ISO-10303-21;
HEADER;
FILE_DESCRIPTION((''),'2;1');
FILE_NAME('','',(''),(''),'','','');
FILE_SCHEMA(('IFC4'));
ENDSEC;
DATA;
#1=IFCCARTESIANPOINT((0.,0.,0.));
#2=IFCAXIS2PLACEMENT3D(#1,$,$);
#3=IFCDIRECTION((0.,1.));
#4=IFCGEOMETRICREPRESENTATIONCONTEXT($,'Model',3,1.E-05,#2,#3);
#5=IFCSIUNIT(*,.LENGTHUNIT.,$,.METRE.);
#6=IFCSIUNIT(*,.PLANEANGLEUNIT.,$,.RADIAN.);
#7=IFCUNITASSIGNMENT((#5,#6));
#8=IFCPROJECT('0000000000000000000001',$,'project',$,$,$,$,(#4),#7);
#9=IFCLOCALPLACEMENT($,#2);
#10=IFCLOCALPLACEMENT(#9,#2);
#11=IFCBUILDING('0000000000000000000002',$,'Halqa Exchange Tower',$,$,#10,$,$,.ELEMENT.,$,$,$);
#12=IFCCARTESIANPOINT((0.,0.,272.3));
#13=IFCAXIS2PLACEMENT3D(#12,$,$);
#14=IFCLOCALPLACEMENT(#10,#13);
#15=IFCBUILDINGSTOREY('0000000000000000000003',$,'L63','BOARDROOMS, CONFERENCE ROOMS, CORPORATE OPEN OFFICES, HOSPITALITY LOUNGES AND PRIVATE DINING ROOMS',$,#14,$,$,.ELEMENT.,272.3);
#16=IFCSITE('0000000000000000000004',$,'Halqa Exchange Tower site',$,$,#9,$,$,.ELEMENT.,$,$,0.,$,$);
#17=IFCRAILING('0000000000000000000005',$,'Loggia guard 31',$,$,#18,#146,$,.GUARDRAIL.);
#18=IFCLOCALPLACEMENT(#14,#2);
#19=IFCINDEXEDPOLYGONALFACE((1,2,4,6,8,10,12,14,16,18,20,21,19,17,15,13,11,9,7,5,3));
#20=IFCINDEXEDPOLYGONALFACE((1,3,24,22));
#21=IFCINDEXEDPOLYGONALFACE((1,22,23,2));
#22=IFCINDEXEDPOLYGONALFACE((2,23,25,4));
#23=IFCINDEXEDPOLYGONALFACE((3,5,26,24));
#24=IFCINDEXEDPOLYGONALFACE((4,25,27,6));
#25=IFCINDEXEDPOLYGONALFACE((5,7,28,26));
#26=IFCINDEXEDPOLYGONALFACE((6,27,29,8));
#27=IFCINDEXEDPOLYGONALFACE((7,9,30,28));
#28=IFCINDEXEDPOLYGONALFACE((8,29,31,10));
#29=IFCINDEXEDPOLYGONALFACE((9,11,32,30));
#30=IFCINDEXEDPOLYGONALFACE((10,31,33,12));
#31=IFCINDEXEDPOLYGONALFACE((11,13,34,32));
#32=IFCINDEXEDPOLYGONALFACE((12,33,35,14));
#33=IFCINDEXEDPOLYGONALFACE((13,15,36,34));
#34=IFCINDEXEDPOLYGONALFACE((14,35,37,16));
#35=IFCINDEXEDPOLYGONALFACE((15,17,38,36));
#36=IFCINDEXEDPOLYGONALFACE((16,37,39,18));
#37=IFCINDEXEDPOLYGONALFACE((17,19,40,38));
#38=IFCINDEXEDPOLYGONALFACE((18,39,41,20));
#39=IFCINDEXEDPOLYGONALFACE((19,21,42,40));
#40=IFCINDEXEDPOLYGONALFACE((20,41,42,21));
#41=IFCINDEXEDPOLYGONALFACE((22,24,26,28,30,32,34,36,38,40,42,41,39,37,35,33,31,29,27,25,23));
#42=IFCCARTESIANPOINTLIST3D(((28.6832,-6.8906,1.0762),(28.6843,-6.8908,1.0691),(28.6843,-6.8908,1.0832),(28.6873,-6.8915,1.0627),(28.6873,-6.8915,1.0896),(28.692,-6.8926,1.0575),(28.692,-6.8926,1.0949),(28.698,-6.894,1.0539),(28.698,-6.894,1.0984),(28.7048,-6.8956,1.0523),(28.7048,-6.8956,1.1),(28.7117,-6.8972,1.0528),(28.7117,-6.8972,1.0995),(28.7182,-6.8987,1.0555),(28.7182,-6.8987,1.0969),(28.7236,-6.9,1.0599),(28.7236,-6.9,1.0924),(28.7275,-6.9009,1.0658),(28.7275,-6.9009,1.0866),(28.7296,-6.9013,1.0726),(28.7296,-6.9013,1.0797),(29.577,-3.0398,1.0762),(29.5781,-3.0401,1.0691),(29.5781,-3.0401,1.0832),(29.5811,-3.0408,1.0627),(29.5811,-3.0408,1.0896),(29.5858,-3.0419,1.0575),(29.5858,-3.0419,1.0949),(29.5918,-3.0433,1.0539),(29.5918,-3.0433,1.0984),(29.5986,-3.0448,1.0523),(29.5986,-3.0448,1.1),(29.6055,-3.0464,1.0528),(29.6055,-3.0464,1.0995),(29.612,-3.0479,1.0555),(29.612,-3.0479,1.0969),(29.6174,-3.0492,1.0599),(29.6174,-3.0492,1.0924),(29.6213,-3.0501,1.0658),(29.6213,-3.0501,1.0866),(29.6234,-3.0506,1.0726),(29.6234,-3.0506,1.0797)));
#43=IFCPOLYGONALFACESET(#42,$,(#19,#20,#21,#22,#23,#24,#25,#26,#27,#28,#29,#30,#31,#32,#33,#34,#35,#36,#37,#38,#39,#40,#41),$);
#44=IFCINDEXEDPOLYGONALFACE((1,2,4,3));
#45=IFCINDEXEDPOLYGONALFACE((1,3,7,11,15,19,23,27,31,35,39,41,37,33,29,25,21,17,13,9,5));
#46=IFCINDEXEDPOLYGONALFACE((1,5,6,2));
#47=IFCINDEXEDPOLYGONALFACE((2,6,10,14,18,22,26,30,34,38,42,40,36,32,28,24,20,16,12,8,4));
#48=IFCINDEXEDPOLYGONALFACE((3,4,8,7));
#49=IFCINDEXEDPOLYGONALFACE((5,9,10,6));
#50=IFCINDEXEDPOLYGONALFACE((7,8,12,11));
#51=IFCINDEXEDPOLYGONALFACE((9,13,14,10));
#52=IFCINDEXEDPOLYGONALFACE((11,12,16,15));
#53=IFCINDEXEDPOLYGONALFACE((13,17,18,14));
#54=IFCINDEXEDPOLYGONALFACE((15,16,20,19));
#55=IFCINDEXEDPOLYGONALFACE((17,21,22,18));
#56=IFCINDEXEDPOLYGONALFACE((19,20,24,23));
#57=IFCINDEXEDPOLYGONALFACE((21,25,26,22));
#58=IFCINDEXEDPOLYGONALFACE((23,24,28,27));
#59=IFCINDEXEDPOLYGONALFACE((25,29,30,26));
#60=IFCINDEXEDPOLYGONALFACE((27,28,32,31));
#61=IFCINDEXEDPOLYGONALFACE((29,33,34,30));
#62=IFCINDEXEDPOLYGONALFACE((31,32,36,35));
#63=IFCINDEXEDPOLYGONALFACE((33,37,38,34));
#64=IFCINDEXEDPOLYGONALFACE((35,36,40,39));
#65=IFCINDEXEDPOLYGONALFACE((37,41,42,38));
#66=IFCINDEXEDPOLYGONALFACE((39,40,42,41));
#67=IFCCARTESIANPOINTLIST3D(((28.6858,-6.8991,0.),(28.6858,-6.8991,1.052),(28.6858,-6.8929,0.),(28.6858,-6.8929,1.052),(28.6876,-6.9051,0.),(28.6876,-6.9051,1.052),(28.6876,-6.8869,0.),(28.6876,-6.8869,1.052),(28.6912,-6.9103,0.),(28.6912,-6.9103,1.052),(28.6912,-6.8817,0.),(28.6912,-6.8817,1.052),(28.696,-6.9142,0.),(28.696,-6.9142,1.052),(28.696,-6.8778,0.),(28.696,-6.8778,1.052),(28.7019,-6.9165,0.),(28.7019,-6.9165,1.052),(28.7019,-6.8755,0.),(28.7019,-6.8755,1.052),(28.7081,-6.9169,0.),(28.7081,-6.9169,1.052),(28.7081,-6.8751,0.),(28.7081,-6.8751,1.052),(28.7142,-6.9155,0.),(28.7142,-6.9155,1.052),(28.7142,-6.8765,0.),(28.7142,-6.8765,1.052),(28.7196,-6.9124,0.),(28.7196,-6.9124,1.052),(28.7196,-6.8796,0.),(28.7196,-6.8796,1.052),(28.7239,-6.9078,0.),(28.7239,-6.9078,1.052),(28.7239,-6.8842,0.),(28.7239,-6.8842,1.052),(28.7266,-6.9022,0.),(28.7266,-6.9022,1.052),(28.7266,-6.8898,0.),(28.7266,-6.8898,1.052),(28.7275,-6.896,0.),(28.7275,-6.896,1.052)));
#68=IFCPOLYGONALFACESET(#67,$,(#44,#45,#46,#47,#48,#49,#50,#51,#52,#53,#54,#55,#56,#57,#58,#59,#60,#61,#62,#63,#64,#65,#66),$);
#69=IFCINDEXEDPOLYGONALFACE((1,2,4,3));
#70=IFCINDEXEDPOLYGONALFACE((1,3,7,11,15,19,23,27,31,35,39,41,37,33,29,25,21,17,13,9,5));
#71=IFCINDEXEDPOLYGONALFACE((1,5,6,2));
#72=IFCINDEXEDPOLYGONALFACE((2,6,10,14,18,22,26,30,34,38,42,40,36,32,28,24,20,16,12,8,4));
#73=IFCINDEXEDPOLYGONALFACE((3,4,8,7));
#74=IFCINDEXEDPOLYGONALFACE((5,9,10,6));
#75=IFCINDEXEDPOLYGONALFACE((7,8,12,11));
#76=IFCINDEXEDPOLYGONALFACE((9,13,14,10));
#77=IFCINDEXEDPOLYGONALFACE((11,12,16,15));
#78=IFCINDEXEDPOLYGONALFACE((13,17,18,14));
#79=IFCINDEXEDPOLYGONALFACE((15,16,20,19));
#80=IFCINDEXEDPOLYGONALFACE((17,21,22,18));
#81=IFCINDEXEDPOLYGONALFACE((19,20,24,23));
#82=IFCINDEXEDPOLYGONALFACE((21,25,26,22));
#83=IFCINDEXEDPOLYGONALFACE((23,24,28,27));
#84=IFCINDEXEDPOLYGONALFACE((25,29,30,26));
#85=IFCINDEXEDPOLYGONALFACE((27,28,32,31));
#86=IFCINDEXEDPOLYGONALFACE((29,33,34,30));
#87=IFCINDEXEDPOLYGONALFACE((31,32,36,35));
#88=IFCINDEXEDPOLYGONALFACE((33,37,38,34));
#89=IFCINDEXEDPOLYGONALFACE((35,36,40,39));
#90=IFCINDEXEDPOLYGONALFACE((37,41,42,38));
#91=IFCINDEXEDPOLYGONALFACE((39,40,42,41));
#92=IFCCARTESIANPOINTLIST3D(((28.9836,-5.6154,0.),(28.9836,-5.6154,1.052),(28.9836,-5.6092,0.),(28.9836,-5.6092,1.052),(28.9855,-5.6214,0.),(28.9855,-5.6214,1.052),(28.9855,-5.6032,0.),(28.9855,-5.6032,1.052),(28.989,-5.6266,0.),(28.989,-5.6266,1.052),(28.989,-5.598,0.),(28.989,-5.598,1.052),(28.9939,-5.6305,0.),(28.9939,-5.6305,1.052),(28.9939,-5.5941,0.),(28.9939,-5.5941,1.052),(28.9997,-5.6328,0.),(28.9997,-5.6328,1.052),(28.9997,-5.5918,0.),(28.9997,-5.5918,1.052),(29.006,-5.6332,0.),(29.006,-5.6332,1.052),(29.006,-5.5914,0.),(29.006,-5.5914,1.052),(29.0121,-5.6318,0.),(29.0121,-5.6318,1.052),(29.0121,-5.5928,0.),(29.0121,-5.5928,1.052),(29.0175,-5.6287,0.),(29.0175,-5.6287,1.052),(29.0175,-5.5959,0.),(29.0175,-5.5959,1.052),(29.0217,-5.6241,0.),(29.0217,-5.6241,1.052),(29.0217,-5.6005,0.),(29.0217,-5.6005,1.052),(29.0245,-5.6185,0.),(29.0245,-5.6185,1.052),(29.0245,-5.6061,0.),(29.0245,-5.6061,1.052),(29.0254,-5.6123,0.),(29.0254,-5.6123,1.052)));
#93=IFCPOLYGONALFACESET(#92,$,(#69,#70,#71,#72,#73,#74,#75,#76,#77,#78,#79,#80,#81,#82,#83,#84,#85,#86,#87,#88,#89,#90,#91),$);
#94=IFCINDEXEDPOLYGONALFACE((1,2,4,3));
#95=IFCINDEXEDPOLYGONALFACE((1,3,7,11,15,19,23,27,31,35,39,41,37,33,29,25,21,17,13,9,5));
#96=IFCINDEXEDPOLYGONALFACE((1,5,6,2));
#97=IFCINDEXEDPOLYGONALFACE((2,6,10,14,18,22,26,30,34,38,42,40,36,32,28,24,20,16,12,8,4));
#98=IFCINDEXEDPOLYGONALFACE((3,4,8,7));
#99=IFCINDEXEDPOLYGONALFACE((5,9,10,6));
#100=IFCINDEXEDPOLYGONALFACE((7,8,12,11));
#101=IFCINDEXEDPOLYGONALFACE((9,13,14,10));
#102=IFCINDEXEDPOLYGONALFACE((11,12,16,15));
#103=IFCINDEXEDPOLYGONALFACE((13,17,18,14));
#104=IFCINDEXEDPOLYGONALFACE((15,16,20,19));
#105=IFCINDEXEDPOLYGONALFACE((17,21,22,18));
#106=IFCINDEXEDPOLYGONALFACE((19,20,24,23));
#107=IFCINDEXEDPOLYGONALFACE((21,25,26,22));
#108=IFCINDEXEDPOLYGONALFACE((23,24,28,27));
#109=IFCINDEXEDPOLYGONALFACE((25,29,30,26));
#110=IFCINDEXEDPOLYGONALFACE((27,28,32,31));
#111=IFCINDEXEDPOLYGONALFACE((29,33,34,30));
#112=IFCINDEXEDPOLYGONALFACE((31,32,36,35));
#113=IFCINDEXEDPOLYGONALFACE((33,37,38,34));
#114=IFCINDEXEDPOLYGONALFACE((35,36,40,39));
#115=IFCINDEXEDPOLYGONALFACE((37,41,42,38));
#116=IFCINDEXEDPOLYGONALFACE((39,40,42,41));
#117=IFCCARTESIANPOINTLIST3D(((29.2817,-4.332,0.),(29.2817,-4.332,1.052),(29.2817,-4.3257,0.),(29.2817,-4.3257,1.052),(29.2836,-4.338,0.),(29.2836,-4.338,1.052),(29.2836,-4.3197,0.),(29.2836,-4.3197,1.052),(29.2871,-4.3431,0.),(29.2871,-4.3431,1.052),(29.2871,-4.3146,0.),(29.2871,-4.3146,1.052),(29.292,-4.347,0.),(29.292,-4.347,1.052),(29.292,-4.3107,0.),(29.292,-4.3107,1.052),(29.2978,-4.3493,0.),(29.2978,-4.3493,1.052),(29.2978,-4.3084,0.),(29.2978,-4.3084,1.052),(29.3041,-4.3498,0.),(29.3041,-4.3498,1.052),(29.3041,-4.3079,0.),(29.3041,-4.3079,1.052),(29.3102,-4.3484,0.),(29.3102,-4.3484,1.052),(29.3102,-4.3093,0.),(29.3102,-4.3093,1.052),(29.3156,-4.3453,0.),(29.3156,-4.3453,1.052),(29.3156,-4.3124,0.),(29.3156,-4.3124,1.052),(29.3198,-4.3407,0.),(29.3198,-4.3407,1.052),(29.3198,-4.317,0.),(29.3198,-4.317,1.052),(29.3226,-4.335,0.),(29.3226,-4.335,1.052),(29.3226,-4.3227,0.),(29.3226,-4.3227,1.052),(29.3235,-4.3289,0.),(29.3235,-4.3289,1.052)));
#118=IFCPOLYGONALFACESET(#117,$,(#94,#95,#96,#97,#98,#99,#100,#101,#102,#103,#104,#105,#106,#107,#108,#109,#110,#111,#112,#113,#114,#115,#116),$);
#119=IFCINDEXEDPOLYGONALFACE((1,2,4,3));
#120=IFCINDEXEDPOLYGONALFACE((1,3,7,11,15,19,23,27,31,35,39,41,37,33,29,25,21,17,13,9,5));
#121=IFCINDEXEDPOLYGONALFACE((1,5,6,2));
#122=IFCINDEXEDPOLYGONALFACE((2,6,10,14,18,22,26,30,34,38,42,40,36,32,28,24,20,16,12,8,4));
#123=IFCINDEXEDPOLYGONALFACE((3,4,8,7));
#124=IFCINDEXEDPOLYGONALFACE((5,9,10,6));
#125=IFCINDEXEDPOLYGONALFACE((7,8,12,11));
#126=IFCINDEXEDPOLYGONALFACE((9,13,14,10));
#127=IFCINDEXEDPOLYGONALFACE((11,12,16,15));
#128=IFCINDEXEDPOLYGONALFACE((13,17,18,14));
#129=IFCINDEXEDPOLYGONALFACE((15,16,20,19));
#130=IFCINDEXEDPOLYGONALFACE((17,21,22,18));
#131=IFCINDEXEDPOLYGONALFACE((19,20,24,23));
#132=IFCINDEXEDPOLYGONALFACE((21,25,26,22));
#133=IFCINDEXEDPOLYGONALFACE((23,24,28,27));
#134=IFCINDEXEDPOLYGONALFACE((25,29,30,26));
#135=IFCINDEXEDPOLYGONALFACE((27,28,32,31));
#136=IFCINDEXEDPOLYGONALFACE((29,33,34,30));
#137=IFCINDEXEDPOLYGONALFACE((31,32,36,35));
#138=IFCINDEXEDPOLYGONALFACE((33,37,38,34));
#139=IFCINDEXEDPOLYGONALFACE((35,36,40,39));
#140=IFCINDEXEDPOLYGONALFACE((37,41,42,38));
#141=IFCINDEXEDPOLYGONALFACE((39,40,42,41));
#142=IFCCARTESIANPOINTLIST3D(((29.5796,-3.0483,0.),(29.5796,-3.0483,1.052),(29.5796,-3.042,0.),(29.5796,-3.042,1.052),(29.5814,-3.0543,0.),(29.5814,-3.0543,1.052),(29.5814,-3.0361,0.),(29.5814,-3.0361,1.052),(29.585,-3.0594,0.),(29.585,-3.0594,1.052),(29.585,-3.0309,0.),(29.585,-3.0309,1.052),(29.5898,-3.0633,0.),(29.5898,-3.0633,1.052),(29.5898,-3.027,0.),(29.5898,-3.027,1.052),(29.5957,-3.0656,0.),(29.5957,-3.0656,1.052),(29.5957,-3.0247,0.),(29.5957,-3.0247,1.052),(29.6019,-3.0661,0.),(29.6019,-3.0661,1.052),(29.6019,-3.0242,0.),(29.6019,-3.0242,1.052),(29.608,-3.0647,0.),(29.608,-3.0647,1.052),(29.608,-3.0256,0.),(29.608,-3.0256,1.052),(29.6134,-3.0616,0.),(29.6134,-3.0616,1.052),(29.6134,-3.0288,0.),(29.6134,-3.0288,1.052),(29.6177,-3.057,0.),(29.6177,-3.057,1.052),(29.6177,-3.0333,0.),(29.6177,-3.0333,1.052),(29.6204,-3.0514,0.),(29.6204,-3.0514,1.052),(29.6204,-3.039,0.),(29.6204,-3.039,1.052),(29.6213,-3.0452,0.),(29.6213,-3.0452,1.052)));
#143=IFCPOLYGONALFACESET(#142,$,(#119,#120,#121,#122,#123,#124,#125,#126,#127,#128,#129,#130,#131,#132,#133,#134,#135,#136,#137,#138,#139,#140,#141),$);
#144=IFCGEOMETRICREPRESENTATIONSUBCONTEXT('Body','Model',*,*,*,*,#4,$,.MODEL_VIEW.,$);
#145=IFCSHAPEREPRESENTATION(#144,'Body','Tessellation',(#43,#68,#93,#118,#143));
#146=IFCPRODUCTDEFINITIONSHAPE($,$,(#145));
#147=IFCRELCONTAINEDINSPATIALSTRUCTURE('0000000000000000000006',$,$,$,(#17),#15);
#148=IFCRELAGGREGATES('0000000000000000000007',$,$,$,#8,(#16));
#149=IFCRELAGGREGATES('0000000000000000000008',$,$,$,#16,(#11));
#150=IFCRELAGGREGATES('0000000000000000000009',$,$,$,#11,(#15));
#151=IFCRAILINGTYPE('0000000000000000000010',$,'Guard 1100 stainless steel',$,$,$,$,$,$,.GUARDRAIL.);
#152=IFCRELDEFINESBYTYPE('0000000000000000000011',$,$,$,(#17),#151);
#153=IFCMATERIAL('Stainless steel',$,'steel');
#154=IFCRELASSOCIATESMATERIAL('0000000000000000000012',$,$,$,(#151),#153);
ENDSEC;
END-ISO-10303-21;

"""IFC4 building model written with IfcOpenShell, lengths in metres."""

from ifc_helpers import new_model, si_unit, direction, frame, origin, origin_2d, place, context, subcontext, project, spatial, circle, extrude, material, type_object, element, save


model = new_model("IFC4")

# Units and contexts
model_context = context("Model", 3, precision=1e-05, world=origin(), true_north=direction((0.0, 1.0)))
body_context = subcontext(model_context, "Body", "Model", "MODEL_VIEW")
ifc_project = project(units=[si_unit("LENGTHUNIT", "METRE"), si_unit("PLANEANGLEUNIT", "RADIAN")], contexts=[model_context])

# Site, building, storey
site_placement = place(None, origin())
site = spatial("IfcSite", under=ifc_project, at=site_placement, Name="Halqa Exchange Tower site", CompositionType="ELEMENT", RefElevation=0.0)
building_placement = place(site_placement, origin())
building = spatial("IfcBuilding", under=site, at=building_placement, Name="Halqa Exchange Tower", CompositionType="ELEMENT")
storey_placement = place(building_placement, frame((0.0, 0.0, 272.3)))
storey = spatial("IfcBuildingStorey", under=building, at=storey_placement, Name="L63", Description="BOARDROOMS, CONFERENCE ROOMS, CORPORATE OPEN OFFICES, HOSPITALITY LOUNGES AND PRIVATE DINING ROOMS", CompositionType="ELEMENT", Elevation=272.3)

# Railing
ifc_material_1 = material(Name="Stainless steel", Category="steel")
railing_type = type_object("IfcRailingType", Name="Guard 1100 stainless steel", PredefinedType="GUARDRAIL", material=ifc_material_1)
railing_1_placement = place(storey_placement, frame((28.7065, -6.896, 0.0)))
element("IfcRailing", 1, at=railing_1_placement, inside=storey, type_object=railing_type, Name="Loggia guard 31", PredefinedType="GUARDRAIL", context=body_context, shape_type="SweptSolid", body=[
    extrude(circle(Radius=0.0239, at=origin_2d()), frame((0.0, 0.0, 1.0762), z_axis=(0.226095, 0.974105, 0.0), x_axis=(-0.974105, 0.226095, 0.0)), (0.0, 0.0, 1.0), 3.9531),
    extrude(circle(Radius=0.021, at=origin_2d()), origin(), (0.0, 0.0, 1.0), 1.052),
    extrude(circle(Radius=0.021, at=origin_2d()), frame((0.2979, 1.2837, 0.0)), (0.0, 0.0, 1.0), 1.052),
    extrude(circle(Radius=0.021, at=origin_2d()), frame((0.5959, 2.5671, 0.0)), (0.0, 0.0, 1.0), 1.052),
    extrude(circle(Radius=0.021, at=origin_2d()), frame((0.8938, 3.8508, 0.0)), (0.0, 0.0, 1.0), 1.052),
])

save(model, "model.ifc")
